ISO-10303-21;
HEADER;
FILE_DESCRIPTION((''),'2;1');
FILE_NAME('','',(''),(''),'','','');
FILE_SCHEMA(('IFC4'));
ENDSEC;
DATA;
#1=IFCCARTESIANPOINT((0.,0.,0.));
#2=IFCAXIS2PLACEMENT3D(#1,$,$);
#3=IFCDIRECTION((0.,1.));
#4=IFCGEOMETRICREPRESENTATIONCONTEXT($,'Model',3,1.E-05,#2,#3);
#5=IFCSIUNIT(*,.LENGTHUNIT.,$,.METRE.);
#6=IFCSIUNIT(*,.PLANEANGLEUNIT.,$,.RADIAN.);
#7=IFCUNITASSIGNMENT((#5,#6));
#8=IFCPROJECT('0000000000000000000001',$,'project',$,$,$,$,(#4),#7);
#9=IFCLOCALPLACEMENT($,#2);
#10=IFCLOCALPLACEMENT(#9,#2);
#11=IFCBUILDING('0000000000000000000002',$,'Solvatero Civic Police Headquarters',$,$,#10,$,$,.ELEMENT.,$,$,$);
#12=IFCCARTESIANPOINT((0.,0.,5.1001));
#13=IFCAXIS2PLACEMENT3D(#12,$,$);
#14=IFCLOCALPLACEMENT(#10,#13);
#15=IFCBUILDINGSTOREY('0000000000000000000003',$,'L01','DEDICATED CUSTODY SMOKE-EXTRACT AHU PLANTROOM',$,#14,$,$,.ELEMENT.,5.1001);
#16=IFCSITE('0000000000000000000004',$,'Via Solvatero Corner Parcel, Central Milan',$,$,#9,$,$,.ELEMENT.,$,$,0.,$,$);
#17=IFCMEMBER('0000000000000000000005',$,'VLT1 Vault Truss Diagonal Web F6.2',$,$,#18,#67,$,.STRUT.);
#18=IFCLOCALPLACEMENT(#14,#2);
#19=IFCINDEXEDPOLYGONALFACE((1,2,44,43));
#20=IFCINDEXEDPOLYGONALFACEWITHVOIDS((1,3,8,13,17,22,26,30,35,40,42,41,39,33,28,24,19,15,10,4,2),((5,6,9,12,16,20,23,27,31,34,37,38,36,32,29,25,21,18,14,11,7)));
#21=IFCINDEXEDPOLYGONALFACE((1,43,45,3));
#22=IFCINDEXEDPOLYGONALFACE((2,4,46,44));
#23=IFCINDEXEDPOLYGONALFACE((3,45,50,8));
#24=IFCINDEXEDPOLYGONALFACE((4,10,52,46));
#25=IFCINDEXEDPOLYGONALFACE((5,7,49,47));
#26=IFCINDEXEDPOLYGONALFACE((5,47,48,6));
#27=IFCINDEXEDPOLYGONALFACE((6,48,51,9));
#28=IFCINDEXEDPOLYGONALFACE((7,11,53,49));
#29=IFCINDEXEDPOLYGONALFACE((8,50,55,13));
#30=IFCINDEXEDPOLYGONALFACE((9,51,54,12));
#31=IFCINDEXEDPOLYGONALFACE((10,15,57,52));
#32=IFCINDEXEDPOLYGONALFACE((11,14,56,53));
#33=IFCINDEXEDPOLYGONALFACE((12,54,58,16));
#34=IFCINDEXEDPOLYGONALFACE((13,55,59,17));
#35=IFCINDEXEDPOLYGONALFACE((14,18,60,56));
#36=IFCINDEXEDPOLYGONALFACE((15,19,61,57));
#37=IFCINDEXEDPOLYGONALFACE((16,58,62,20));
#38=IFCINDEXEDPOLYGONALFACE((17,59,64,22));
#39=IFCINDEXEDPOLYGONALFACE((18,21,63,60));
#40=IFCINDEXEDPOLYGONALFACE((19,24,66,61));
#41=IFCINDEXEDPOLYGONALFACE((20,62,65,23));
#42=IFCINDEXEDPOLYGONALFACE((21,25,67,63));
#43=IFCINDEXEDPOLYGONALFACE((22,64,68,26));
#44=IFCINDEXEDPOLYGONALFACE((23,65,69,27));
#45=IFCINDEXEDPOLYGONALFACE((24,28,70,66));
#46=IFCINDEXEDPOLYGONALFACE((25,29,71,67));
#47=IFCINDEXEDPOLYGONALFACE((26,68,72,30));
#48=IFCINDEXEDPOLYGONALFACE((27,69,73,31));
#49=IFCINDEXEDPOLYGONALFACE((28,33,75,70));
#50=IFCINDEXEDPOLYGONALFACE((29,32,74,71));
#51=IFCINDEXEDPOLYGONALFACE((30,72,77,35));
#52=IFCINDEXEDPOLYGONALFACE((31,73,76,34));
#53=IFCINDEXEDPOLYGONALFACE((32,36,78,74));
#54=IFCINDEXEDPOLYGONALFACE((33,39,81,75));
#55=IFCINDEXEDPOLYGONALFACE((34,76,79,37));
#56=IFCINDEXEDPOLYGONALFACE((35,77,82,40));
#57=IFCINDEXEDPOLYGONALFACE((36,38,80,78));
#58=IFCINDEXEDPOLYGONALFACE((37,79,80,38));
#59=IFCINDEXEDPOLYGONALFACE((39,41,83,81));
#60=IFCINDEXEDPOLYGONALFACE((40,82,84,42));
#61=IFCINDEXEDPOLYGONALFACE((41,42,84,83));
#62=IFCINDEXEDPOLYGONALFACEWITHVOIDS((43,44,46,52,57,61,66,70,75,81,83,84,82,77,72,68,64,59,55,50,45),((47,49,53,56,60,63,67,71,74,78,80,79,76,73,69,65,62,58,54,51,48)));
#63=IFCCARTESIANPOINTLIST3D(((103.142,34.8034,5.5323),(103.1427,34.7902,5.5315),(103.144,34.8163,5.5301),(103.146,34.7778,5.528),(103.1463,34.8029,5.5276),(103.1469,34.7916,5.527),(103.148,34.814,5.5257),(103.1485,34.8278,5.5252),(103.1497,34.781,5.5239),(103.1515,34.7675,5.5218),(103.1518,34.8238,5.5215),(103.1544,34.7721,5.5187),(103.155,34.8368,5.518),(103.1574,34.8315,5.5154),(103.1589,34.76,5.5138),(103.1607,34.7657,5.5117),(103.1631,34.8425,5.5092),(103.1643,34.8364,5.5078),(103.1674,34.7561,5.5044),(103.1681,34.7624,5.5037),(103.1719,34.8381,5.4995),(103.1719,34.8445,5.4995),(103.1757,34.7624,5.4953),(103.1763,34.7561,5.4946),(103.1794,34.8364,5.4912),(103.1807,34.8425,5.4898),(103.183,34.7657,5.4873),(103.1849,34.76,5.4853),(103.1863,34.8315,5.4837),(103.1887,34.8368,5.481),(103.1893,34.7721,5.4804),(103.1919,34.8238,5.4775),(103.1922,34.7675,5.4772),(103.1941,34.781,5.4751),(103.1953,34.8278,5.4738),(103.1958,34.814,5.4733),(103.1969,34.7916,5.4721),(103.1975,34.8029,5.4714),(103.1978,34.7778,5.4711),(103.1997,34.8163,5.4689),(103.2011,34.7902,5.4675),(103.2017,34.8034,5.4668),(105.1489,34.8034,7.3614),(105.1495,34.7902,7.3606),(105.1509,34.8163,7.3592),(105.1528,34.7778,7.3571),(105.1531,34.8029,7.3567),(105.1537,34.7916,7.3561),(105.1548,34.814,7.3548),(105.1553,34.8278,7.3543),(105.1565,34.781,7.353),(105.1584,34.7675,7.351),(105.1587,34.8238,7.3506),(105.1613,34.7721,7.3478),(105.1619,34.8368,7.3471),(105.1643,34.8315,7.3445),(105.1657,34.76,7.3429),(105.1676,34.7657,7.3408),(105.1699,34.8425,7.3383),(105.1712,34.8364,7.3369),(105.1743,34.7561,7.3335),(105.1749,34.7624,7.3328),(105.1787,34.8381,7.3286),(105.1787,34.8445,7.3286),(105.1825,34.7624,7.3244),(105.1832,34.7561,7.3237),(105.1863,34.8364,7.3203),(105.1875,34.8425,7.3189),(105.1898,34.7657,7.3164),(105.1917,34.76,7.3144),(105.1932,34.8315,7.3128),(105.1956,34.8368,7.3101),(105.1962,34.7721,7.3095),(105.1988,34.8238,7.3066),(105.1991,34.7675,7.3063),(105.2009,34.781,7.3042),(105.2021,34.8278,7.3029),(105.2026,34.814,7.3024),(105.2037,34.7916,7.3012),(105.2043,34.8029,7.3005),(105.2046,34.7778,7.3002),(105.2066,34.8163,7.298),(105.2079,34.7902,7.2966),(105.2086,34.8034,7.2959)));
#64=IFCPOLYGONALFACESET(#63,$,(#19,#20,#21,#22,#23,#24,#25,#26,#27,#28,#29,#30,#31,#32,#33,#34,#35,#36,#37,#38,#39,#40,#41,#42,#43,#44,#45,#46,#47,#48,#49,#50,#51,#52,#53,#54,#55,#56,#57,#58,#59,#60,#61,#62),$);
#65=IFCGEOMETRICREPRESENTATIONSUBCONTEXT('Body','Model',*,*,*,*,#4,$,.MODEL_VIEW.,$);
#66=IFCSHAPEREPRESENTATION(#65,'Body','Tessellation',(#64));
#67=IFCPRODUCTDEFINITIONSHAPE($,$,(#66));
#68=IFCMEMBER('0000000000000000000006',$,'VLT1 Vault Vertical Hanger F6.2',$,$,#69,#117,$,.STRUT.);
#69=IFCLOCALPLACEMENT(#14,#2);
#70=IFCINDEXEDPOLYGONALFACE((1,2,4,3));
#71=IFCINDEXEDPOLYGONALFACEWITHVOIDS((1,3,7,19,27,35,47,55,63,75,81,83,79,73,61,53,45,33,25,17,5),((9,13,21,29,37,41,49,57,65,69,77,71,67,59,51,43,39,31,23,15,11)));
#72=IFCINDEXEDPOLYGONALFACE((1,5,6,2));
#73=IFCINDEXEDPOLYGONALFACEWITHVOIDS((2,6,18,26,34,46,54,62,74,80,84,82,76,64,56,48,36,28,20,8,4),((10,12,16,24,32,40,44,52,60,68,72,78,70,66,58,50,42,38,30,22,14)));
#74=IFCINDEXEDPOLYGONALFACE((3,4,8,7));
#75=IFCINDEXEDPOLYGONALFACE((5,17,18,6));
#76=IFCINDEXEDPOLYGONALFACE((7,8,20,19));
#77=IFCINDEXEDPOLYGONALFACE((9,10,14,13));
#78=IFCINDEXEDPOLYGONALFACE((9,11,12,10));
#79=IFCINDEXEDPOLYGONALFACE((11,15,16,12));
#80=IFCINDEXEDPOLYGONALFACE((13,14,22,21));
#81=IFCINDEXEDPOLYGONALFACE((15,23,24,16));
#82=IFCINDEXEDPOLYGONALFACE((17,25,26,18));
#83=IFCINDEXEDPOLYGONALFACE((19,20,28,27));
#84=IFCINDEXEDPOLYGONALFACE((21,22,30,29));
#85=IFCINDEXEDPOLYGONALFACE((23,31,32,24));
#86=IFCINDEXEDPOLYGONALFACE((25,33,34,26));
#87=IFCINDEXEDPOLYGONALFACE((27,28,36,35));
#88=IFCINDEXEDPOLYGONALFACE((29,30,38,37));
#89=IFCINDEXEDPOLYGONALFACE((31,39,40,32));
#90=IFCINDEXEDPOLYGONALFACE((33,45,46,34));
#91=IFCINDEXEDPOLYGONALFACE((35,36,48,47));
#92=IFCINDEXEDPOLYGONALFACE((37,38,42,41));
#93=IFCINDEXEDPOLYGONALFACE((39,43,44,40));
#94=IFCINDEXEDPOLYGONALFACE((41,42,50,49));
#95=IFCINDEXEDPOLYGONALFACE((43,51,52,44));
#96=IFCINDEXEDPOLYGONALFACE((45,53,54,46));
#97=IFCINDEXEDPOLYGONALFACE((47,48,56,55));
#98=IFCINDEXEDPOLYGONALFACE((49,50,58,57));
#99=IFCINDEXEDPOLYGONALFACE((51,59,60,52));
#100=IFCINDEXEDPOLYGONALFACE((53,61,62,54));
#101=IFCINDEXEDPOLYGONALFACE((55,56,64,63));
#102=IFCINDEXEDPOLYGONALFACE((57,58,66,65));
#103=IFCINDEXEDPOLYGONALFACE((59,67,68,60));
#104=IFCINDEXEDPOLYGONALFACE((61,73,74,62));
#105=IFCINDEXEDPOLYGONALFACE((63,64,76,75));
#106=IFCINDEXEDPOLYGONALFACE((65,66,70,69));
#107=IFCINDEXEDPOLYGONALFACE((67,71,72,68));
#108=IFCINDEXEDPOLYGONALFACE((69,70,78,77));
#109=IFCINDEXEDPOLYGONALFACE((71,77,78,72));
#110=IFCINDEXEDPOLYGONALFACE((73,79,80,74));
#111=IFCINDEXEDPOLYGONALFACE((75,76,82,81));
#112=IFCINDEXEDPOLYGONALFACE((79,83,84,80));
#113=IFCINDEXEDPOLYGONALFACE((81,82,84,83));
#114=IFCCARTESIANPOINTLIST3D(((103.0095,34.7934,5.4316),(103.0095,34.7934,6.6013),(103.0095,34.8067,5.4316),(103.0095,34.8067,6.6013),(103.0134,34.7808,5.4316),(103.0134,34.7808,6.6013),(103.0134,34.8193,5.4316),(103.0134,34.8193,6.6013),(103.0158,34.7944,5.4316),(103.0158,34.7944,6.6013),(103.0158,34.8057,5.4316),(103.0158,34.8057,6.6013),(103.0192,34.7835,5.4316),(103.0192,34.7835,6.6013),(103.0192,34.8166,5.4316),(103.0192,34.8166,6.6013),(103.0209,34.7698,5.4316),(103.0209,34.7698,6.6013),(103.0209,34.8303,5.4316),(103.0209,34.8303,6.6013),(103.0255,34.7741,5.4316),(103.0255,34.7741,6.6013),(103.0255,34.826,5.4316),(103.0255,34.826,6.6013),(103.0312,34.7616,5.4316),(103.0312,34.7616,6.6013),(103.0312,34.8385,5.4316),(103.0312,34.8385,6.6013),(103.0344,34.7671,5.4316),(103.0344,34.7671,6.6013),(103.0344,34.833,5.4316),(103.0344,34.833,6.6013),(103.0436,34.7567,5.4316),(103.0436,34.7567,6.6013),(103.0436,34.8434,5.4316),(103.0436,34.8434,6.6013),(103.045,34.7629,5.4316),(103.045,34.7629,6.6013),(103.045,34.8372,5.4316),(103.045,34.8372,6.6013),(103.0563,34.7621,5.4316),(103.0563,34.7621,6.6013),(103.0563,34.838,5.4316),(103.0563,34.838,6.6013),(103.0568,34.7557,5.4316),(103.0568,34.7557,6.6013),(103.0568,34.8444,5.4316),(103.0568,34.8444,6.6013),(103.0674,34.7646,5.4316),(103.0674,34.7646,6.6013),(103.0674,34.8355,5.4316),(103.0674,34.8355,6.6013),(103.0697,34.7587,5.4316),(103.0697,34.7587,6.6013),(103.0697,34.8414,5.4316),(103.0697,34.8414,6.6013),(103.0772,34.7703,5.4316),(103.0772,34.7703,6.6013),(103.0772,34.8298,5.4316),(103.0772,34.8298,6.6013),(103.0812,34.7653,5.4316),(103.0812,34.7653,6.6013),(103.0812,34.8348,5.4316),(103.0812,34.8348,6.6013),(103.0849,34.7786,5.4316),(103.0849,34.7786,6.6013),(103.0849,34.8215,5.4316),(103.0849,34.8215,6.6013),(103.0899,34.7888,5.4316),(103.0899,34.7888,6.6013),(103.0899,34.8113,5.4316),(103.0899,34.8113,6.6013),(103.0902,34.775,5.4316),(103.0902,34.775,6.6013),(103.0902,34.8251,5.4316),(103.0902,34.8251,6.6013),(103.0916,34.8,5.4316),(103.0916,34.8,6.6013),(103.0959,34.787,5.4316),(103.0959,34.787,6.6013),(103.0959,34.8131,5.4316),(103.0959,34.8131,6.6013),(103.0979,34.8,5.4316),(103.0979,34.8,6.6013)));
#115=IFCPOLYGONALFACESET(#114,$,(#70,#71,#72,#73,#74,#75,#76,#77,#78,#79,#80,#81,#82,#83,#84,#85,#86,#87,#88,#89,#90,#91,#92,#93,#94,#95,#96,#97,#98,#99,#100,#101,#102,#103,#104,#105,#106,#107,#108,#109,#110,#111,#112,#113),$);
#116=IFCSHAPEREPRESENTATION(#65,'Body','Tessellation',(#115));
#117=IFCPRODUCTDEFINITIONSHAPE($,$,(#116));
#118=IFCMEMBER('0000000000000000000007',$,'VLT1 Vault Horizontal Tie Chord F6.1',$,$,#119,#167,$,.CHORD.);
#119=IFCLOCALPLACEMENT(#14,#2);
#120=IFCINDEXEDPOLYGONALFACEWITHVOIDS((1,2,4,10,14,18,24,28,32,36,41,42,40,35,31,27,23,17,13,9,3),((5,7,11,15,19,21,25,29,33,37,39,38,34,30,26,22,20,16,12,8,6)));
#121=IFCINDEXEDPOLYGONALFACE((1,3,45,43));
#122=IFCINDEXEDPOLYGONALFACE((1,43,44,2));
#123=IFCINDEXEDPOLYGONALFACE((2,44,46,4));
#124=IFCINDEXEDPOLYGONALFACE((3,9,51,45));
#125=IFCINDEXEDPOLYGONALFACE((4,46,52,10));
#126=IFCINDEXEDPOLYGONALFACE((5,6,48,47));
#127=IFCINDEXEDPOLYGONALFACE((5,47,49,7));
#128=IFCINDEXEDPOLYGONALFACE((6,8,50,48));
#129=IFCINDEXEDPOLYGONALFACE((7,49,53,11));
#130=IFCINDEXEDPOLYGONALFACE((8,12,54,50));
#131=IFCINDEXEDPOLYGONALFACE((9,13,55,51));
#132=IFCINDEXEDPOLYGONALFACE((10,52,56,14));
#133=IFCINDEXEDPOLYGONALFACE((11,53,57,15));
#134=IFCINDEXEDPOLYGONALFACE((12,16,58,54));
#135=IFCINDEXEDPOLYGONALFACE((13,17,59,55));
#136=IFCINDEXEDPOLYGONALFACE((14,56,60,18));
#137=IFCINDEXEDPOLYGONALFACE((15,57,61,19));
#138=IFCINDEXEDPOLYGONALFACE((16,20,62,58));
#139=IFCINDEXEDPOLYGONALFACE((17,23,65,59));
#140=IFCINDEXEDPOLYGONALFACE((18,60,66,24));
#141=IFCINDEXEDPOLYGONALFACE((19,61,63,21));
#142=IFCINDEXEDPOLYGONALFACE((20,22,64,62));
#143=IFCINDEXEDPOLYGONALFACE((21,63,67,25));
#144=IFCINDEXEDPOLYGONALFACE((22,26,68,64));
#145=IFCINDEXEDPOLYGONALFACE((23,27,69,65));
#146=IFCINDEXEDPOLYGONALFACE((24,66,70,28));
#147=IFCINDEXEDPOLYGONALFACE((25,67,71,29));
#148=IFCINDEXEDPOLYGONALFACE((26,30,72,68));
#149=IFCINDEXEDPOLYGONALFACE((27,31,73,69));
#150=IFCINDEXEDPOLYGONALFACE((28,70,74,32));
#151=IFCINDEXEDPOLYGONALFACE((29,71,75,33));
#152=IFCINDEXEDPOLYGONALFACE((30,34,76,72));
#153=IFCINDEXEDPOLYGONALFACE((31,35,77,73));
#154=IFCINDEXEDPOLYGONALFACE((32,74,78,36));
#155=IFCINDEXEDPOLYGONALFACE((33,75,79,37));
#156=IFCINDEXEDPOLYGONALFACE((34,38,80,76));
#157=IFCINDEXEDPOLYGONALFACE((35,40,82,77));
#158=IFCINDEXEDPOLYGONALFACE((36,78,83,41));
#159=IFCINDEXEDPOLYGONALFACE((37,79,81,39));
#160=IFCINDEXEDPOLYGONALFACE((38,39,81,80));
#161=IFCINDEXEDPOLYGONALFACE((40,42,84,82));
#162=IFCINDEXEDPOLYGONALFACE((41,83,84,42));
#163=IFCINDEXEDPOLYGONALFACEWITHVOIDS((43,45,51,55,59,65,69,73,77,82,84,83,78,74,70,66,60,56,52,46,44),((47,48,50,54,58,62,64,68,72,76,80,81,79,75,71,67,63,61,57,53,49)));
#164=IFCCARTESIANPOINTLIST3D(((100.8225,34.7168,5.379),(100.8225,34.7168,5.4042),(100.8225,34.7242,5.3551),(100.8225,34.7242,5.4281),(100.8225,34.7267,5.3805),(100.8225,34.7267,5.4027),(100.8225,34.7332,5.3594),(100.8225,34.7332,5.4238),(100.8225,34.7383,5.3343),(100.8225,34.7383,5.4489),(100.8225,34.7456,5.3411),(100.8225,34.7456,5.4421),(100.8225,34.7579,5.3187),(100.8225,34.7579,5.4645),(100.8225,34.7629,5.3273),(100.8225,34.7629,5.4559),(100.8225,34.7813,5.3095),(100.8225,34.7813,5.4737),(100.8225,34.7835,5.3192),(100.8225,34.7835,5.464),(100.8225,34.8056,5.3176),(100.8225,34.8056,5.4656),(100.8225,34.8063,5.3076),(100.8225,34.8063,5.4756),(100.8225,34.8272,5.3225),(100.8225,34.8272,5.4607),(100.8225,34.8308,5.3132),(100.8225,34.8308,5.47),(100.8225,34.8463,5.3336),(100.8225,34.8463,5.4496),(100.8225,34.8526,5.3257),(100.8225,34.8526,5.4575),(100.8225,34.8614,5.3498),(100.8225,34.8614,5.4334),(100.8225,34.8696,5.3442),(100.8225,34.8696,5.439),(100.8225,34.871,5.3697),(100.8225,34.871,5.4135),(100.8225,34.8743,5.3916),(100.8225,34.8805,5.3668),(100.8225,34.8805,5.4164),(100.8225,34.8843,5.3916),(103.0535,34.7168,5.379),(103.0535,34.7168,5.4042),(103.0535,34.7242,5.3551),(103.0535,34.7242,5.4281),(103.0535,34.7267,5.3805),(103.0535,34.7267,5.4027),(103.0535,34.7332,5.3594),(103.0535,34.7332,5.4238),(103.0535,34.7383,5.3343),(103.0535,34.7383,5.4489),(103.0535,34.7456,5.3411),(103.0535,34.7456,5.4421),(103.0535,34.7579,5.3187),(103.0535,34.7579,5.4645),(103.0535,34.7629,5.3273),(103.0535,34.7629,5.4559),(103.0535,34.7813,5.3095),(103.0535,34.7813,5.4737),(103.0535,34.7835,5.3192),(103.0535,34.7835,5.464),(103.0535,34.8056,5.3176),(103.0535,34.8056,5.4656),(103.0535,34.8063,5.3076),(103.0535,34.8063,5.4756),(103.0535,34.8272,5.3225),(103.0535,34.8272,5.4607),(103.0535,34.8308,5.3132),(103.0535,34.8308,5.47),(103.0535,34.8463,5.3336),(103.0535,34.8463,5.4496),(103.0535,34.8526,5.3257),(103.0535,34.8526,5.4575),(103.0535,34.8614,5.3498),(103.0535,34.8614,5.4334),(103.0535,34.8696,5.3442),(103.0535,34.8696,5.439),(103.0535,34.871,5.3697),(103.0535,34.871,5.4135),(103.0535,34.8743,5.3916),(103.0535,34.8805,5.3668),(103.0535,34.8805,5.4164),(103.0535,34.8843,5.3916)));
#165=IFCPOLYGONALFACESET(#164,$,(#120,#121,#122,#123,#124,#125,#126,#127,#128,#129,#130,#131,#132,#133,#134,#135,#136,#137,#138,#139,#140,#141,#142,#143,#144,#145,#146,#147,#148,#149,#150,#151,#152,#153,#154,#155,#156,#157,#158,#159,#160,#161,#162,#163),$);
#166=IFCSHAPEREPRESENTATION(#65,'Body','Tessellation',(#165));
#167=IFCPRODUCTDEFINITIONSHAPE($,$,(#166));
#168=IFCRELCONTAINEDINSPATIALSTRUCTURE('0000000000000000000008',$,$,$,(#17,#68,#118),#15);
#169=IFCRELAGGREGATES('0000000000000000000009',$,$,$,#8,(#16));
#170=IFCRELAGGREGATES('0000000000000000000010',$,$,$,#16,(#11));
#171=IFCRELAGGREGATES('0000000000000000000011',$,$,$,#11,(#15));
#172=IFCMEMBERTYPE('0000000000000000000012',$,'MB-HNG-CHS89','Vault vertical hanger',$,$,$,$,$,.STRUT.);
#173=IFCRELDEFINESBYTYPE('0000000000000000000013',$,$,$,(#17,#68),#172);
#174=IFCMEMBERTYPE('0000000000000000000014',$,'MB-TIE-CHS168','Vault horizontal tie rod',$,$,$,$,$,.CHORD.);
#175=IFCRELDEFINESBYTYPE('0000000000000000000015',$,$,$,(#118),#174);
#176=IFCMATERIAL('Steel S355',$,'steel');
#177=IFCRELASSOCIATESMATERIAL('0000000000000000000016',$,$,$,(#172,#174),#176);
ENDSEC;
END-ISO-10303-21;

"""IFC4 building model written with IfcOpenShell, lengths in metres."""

from ifc_helpers import new_model, si_unit, direction, frame, origin, origin_2d, place, context, subcontext, project, spatial, hollow_circle, extrude, material, material_profile, profile_set, type_object, element, save


model = new_model("IFC4")

# Units and contexts
model_context = context("Model", 3, precision=1e-05, world=origin(), true_north=direction((0.0, 1.0)))
body_context = subcontext(model_context, "Body", "Model", "MODEL_VIEW")
ifc_project = project(units=[si_unit("LENGTHUNIT", "METRE"), si_unit("PLANEANGLEUNIT", "RADIAN")], contexts=[model_context])

# Site, building, storey
site_placement = place(None, origin())
site = spatial("IfcSite", under=ifc_project, at=site_placement, Name="Via Solvatero Corner Parcel, Central Milan", CompositionType="ELEMENT", RefElevation=0.0)
building_placement = place(site_placement, origin())
building = spatial("IfcBuilding", under=site, at=building_placement, Name="Solvatero Civic Police Headquarters", CompositionType="ELEMENT")
storey_placement = place(building_placement, frame((0.0, 0.0, 5.1001)))
storey = spatial("IfcBuildingStorey", under=building, at=storey_placement, Name="L01", Description="DEDICATED CUSTODY SMOKE-EXTRACT AHU PLANTROOM", CompositionType="ELEMENT", Elevation=5.1001)

# Shared definitions
ifc_material_1 = material(Name="Steel S355", Category="steel")

# Members
ifc_material_profile_1 = material_profile(ifc_material_1, hollow_circle(Radius=0.0444, WallThickness=0.0063, at=origin_2d()), Name="CHS 88.9x6.3")
ifc_profile_set_1 = profile_set([ifc_material_profile_1], Name="Steel S355")
member_type_1 = type_object("IfcMemberType", Name="MB-HNG-CHS89", Description="Vault vertical hanger", PredefinedType="STRUT", material=ifc_profile_set_1)
member_1_placement = place(storey_placement, frame((103.1719, 34.8, 5.4995), z_axis=(0.739077, 0.0, 0.673621), x_axis=(0.0, 1.0, 0.0)))
element("IfcMember", 1, at=member_1_placement, inside=storey, type_object=member_type_1, Name="VLT1 Vault Truss Diagonal Web F6.2", PredefinedType="STRUT", context=body_context, shape_type="SweptSolid", body=[
    extrude(hollow_circle(Radius=0.0444, WallThickness=0.0063, at=origin_2d()), origin(), (0.0, 0.0, 1.0), 2.7153),
])
member_2_placement = place(storey_placement, frame((103.0535, 34.8, 5.4316), z_axis=(0.0, 0.0, 1.0), x_axis=(1.0, 0.0, 0.0)))
element("IfcMember", 2, at=member_2_placement, inside=storey, type_object=member_type_1, Name="VLT1 Vault Vertical Hanger F6.2", PredefinedType="STRUT", context=body_context, shape_type="SweptSolid", body=[
    extrude(hollow_circle(Radius=0.0444, WallThickness=0.0063, at=origin_2d()), origin(), (0.0, 0.0, 1.0), 1.1697),
])
ifc_material_profile_2 = material_profile(ifc_material_1, hollow_circle(Radius=0.0842, WallThickness=0.01, at=origin_2d()), Name="CHS 168.3x10.0")
ifc_profile_set_2 = profile_set([ifc_material_profile_2], Name="Steel S355")
member_type_2 = type_object("IfcMemberType", Name="MB-TIE-CHS168", Description="Vault horizontal tie rod", PredefinedType="CHORD", material=ifc_profile_set_2)
member_3_placement = place(storey_placement, frame((100.8225, 34.8, 5.3916), z_axis=(1.0, 0.0, 0.0), x_axis=(0.0, 1.0, 0.0)))
element("IfcMember", 3, at=member_3_placement, inside=storey, type_object=member_type_2, Name="VLT1 Vault Horizontal Tie Chord F6.1", PredefinedType="CHORD", context=body_context, shape_type="SweptSolid", body=[
    extrude(hollow_circle(Radius=0.0842, WallThickness=0.01, at=origin_2d()), origin(), (0.0, 0.0, 1.0), 2.231),
])

save(model, "model.ifc")
